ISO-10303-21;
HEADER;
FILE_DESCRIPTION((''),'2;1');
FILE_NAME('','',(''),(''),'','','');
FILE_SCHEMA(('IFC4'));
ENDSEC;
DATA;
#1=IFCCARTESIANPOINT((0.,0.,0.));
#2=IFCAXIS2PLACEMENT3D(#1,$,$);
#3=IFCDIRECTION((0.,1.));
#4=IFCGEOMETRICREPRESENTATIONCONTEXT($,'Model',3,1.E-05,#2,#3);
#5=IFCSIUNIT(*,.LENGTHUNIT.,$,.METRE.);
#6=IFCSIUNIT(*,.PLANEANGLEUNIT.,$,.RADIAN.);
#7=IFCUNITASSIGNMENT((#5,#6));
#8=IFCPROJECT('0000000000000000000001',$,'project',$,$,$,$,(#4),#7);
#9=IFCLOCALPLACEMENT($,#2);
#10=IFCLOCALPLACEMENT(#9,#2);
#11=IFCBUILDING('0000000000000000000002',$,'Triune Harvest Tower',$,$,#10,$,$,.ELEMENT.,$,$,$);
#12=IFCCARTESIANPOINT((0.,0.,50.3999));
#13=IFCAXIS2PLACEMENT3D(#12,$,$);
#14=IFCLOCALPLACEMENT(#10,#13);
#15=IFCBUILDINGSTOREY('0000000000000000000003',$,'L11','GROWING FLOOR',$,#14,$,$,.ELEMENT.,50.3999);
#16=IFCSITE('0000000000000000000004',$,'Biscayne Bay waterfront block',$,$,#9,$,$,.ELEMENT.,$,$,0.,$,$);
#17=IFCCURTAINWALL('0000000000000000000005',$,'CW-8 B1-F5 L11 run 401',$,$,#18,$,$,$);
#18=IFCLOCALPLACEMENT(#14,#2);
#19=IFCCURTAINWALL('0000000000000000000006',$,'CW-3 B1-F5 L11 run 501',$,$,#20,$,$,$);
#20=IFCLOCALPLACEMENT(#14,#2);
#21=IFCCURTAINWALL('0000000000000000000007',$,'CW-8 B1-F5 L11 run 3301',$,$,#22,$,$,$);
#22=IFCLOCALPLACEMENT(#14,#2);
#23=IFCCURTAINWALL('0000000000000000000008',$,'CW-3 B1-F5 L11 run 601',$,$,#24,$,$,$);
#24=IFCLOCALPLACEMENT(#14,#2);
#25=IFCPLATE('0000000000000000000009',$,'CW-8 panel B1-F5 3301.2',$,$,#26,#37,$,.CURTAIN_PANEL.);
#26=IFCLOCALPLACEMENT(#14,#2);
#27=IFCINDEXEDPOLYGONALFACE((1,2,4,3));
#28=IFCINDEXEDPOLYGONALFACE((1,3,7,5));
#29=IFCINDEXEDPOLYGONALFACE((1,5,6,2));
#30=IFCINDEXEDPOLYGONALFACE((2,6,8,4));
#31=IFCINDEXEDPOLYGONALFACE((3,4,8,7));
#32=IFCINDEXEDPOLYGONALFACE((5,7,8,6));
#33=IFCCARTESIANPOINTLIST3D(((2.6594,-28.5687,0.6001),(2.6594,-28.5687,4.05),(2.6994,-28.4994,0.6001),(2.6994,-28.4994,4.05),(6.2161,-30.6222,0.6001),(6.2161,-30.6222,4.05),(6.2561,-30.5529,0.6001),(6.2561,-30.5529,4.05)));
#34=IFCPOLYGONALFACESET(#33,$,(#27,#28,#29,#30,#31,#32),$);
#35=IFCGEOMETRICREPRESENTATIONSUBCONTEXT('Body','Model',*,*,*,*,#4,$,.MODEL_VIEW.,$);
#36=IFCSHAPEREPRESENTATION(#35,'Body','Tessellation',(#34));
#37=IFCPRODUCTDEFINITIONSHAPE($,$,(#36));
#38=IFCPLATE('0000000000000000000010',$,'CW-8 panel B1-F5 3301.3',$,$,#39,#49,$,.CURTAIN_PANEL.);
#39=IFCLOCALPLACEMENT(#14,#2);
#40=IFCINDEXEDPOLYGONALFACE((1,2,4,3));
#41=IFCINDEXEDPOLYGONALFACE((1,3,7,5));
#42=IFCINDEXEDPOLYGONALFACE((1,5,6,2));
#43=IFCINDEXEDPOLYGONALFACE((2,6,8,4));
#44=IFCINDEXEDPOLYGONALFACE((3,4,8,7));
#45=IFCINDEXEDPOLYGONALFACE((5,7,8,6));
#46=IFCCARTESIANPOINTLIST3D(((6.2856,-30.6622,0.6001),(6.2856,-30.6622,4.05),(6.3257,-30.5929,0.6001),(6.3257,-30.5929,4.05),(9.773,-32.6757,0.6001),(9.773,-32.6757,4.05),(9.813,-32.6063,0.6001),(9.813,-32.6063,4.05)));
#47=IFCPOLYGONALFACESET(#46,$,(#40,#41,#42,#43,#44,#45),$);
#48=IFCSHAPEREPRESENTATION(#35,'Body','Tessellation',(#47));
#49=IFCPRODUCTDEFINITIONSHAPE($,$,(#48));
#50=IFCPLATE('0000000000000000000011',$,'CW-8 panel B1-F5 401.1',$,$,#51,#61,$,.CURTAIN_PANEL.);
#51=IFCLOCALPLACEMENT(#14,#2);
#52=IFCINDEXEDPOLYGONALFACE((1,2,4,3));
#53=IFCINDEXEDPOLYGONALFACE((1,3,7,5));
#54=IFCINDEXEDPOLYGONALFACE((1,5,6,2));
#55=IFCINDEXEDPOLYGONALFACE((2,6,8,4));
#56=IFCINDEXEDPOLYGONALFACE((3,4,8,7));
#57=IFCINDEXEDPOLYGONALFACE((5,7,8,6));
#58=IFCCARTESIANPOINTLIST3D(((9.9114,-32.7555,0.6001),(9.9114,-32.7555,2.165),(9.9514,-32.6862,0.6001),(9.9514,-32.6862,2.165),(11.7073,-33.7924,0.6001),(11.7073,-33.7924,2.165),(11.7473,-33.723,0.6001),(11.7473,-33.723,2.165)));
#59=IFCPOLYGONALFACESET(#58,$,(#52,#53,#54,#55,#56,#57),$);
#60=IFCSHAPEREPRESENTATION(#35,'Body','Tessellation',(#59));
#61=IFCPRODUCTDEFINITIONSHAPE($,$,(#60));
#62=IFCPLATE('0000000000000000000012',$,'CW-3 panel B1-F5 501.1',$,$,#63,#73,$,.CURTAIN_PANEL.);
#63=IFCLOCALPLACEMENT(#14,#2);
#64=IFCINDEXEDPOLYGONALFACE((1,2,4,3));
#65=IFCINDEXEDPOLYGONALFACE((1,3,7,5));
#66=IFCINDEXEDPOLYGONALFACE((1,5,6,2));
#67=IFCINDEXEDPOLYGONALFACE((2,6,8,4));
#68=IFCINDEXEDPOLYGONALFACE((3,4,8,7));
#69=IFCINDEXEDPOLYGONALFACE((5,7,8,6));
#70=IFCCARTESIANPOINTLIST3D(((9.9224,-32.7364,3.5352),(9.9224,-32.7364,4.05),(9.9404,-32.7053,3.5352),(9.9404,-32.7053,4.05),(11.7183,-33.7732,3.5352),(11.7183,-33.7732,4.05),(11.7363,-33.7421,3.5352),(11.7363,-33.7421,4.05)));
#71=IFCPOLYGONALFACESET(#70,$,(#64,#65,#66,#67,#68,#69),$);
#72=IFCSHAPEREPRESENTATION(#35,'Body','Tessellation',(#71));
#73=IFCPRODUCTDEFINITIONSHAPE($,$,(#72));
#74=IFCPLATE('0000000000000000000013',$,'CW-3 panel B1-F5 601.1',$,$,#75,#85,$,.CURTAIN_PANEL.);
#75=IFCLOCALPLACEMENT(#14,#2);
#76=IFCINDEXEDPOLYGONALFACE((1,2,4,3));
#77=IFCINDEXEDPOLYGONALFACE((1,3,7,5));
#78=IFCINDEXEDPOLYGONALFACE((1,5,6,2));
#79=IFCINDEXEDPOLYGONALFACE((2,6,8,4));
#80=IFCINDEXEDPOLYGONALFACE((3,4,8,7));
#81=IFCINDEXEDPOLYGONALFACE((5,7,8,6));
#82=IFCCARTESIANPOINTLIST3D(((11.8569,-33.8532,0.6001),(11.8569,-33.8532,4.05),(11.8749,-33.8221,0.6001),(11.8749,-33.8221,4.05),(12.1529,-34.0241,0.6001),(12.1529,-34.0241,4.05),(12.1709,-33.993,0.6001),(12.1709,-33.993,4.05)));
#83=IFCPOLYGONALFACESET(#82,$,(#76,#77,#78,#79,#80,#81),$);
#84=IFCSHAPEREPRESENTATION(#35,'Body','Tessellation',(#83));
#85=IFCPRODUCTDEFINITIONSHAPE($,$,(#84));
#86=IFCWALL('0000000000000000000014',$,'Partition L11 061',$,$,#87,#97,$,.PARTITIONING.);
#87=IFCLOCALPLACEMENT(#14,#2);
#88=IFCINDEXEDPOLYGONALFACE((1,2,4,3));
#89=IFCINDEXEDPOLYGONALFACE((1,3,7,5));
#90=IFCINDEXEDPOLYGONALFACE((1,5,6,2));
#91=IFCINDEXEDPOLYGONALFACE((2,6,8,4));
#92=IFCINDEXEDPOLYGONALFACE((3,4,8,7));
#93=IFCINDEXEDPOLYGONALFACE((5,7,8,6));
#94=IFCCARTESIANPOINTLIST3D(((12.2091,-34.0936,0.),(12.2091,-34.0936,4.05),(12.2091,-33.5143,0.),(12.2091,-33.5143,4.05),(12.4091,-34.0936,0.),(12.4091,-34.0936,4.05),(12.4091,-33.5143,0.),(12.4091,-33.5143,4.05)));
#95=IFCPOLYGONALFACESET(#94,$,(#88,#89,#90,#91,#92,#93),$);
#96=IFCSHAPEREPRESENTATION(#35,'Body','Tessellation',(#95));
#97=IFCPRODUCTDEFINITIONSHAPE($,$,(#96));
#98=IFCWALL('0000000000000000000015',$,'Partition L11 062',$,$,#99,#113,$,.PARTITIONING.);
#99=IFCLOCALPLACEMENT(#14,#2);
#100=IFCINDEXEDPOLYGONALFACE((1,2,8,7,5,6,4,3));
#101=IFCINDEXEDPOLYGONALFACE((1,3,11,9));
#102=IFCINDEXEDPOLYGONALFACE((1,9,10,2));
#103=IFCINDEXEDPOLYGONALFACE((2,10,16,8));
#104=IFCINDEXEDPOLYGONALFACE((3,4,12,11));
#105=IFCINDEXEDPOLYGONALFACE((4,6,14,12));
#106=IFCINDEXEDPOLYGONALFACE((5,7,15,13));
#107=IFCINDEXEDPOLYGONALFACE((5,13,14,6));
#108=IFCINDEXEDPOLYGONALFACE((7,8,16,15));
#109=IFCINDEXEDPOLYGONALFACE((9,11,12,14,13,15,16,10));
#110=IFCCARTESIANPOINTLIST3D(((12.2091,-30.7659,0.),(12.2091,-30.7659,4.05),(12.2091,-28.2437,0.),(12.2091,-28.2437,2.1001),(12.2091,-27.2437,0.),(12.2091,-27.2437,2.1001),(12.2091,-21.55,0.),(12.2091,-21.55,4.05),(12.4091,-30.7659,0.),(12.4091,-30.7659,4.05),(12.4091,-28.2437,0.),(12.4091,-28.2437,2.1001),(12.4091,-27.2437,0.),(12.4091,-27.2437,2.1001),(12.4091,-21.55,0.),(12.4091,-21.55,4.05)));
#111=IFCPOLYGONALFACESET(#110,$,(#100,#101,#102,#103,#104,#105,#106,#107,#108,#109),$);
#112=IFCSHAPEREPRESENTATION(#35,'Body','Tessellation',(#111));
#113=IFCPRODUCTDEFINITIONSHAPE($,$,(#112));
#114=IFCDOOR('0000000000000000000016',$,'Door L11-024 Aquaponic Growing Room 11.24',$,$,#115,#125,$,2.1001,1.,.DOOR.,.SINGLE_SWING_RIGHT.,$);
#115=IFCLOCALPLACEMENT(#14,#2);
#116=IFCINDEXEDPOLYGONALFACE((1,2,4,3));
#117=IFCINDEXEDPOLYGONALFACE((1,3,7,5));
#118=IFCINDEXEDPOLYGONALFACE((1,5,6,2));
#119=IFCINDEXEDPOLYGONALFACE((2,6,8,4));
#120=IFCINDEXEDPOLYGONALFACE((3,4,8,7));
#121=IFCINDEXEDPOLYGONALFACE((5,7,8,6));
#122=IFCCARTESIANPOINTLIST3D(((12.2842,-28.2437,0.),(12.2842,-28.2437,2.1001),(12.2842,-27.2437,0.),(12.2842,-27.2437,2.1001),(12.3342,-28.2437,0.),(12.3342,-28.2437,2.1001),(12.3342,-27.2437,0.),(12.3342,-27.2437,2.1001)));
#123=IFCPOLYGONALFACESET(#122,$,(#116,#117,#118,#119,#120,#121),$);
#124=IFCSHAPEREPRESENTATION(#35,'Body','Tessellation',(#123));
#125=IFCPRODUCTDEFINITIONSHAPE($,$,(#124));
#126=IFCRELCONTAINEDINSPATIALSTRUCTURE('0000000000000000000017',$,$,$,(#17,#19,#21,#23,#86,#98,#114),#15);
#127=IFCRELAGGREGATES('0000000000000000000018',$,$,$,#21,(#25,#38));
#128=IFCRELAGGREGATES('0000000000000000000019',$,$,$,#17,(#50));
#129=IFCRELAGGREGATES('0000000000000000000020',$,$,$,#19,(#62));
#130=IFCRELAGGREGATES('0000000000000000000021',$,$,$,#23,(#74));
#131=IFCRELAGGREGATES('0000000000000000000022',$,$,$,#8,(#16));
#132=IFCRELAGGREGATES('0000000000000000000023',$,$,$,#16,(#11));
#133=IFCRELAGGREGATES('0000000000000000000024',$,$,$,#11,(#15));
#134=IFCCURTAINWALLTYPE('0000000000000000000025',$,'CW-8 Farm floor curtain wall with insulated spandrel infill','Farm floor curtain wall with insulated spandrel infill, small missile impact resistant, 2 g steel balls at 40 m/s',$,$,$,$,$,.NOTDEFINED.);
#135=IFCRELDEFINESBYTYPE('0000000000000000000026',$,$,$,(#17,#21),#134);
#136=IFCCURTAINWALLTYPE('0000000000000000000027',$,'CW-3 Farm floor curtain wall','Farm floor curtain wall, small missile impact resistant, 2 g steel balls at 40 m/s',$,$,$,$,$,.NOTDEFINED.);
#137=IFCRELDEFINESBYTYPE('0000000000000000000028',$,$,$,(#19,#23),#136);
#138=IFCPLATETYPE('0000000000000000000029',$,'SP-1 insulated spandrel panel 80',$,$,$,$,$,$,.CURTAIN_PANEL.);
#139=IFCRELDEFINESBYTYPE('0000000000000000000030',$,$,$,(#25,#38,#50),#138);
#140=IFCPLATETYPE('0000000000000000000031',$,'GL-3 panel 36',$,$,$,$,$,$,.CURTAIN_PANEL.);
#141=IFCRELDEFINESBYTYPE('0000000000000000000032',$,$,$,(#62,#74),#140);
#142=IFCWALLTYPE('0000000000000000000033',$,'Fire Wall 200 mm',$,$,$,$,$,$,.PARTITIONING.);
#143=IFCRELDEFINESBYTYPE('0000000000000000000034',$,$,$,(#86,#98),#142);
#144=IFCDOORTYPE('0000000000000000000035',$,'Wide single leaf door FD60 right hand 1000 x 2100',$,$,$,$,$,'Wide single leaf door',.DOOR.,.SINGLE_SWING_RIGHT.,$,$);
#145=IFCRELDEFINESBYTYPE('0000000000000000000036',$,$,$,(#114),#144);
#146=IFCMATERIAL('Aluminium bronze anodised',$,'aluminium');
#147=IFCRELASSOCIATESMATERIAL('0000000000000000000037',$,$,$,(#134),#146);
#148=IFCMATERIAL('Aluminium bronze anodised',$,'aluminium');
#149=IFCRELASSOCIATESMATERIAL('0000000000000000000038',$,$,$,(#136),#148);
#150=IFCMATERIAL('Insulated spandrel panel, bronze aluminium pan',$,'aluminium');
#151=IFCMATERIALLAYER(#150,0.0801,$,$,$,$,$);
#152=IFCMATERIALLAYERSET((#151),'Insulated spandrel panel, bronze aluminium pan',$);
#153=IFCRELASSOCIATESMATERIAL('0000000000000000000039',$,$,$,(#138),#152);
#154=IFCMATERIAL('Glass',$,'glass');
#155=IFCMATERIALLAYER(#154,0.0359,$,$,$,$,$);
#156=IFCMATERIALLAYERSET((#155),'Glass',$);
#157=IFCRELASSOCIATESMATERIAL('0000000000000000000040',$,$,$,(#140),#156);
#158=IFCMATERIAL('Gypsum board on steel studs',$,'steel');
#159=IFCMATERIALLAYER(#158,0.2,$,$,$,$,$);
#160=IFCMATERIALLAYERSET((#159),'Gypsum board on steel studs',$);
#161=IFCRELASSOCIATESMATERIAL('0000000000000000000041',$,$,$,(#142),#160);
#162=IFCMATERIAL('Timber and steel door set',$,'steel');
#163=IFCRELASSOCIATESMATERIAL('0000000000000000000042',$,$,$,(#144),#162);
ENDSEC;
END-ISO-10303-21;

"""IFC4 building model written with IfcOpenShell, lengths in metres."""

from ifc_helpers import new_model, si_unit, direction, frame, frame_2d, origin, origin_2d, place, context, subcontext, project, spatial, rectangle, extrude, source, transform, mapped, material, layer, layer_set, type_object, element, fill, aggregate, save


model = new_model("IFC4")

# Units and contexts
model_context = context("Model", 3, precision=1e-05, world=origin(), true_north=direction((0.0, 1.0)))
body_context = subcontext(model_context, "Body", "Model", "MODEL_VIEW")
ifc_project = project(units=[si_unit("LENGTHUNIT", "METRE"), si_unit("PLANEANGLEUNIT", "RADIAN")], contexts=[model_context])

# Site, building, storey
site_placement = place(None, origin())
site = spatial("IfcSite", under=ifc_project, at=site_placement, Name="Biscayne Bay waterfront block", CompositionType="ELEMENT", RefElevation=0.0)
building_placement = place(site_placement, origin())
building = spatial("IfcBuilding", under=site, at=building_placement, Name="Triune Harvest Tower", CompositionType="ELEMENT")
storey_placement = place(building_placement, frame((0.0, 0.0, 50.3999)))
storey = spatial("IfcBuildingStorey", under=building, at=storey_placement, Name="L11", Description="GROWING FLOOR", CompositionType="ELEMENT", Elevation=50.3999)

# Curtain walls
ifc_material_1 = material(Name="Aluminium bronze anodised", Category="aluminium")
curtain_wall_type_1 = type_object("IfcCurtainWallType", Name="CW-8 Farm floor curtain wall with insulated spandrel infill", Description="Farm floor curtain wall with insulated spandrel infill, small missile impact resistant, 2 g steel balls at 40 m/s", PredefinedType="NOTDEFINED", material=ifc_material_1)
curtain_wall_1_placement = place(storey_placement, origin())
curtain_wall_1 = element("IfcCurtainWall", 1, at=curtain_wall_1_placement, inside=storey, type_object=curtain_wall_type_1, Name="CW-8 B1-F5 L11 run 401")
ifc_material_2 = material(Name="Aluminium bronze anodised", Category="aluminium")
curtain_wall_type_2 = type_object("IfcCurtainWallType", Name="CW-3 Farm floor curtain wall", Description="Farm floor curtain wall, small missile impact resistant, 2 g steel balls at 40 m/s", PredefinedType="NOTDEFINED", material=ifc_material_2)
curtain_wall_2_placement = place(storey_placement, origin())
curtain_wall_2 = element("IfcCurtainWall", 2, at=curtain_wall_2_placement, inside=storey, type_object=curtain_wall_type_2, Name="CW-3 B1-F5 L11 run 501")
curtain_wall_3_placement = place(storey_placement, origin())
curtain_wall_3 = element("IfcCurtainWall", 3, at=curtain_wall_3_placement, inside=storey, type_object=curtain_wall_type_1, Name="CW-8 B1-F5 L11 run 3301")
curtain_wall_4_placement = place(storey_placement, origin())
curtain_wall_4 = element("IfcCurtainWall", 4, at=curtain_wall_4_placement, inside=storey, type_object=curtain_wall_type_2, Name="CW-3 B1-F5 L11 run 601")

# Plates
ifc_material_3 = material(Name="Insulated spandrel panel, bronze aluminium pan", Category="aluminium")
ifc_layer_1 = layer(ifc_material_3, 0.0801)
ifc_layer_set_1 = layer_set([ifc_layer_1], Name="Insulated spandrel panel, bronze aluminium pan")
plate_type_1 = type_object("IfcPlateType", Name="SP-1 insulated spandrel panel 80", PredefinedType="CURTAIN_PANEL", material=ifc_layer_set_1)
shared_shape_1 = source(origin(), body_context, "Body", "SweptSolid", [
    extrude(rectangle(XDim=4.1069, YDim=0.0801, at=origin_2d()), origin(), (0.0, 0.0, 1.0), 3.45),
])
plate_1_placement = place(storey_placement, frame((4.4578, -29.5608, 0.6001), z_axis=(0.0, 0.0, 1.0), x_axis=(0.866024, -0.500002, 0.0)))
plate_1 = element("IfcPlate", 5, at=plate_1_placement, type_object=plate_type_1, Name="CW-8 panel B1-F5 3301.2", PredefinedType="CURTAIN_PANEL", context=body_context, shape_type="MappedRepresentation", body=[
    mapped(shared_shape_1, transform((0.0, 0.0, 0.0), scale=1.0)),
])
shared_shape_2 = source(origin(), body_context, "Body", "SweptSolid", [
    extrude(rectangle(XDim=4.0269, YDim=0.0801, at=origin_2d()), origin(), (0.0, 0.0, 1.0), 3.45),
])
plate_2_placement = place(storey_placement, frame((8.0493, -31.6343, 0.6001), z_axis=(0.0, 0.0, 1.0), x_axis=(0.866024, -0.500002, 0.0)))
plate_2 = element("IfcPlate", 6, at=plate_2_placement, type_object=plate_type_1, Name="CW-8 panel B1-F5 3301.3", PredefinedType="CURTAIN_PANEL", context=body_context, shape_type="MappedRepresentation", body=[
    mapped(shared_shape_2, transform((0.0, 0.0, 0.0), scale=1.0)),
])
aggregate(curtain_wall_3, [plate_1, plate_2])
shared_shape_3 = source(origin(), body_context, "Body", "SweptSolid", [
    extrude(rectangle(XDim=2.0737, YDim=0.0801, at=origin_2d()), origin(), (0.0, 0.0, 1.0), 1.5649),
])
plate_3_placement = place(storey_placement, frame((10.8293, -33.2393, 0.6001), z_axis=(0.0, 0.0, 1.0), x_axis=(0.866031, -0.499991, 0.0)))
plate_3 = element("IfcPlate", 7, at=plate_3_placement, type_object=plate_type_1, Name="CW-8 panel B1-F5 401.1", PredefinedType="CURTAIN_PANEL", context=body_context, shape_type="MappedRepresentation", body=[
    mapped(shared_shape_3, transform((0.0, 0.0, 0.0), scale=1.0)),
])
aggregate(curtain_wall_1, [plate_3])
ifc_material_4 = material(Name="Glass", Category="glass")
ifc_layer_2 = layer(ifc_material_4, 0.0359)
ifc_layer_set_2 = layer_set([ifc_layer_2], Name="Glass")
plate_type_2 = type_object("IfcPlateType", Name="GL-3 panel 36", PredefinedType="CURTAIN_PANEL", material=ifc_layer_set_2)
shared_shape_4 = source(origin(), body_context, "Body", "SweptSolid", [
    extrude(rectangle(XDim=2.0737, YDim=0.0359, at=origin_2d()), origin(), (0.0, 0.0, 1.0), 0.5149),
])
plate_4_placement = place(storey_placement, frame((10.8293, -33.2393, 3.5352), z_axis=(0.0, 0.0, 1.0), x_axis=(0.866031, -0.499991, 0.0)))
plate_4 = element("IfcPlate", 8, at=plate_4_placement, type_object=plate_type_2, Name="CW-3 panel B1-F5 501.1", PredefinedType="CURTAIN_PANEL", context=body_context, shape_type="MappedRepresentation", body=[
    mapped(shared_shape_4, transform((0.0, 0.0, 0.0), scale=1.0)),
])
aggregate(curtain_wall_2, [plate_4])
shared_shape_5 = source(origin(), body_context, "Body", "SweptSolid", [
    extrude(rectangle(XDim=0.3418, YDim=0.0359, at=origin_2d()), origin(), (0.0, 0.0, 1.0), 3.45),
])
plate_5_placement = place(storey_placement, frame((12.0139, -33.9231, 0.6001), z_axis=(0.0, 0.0, 1.0), x_axis=(0.86604, -0.499975, 0.0)))
plate_5 = element("IfcPlate", 9, at=plate_5_placement, type_object=plate_type_2, Name="CW-3 panel B1-F5 601.1", PredefinedType="CURTAIN_PANEL", context=body_context, shape_type="MappedRepresentation", body=[
    mapped(shared_shape_5, transform((0.0, 0.0, 0.0), scale=1.0)),
])
aggregate(curtain_wall_4, [plate_5])

# Wall
ifc_material_5 = material(Name="Gypsum board on steel studs", Category="steel")
ifc_layer_3 = layer(ifc_material_5, 0.2)
ifc_layer_set_3 = layer_set([ifc_layer_3], Name="Gypsum board on steel studs")
wall_type = type_object("IfcWallType", Name="Fire Wall 200 mm", PredefinedType="PARTITIONING", material=ifc_layer_set_3)
wall_1_placement = place(storey_placement, frame((12.3091, -34.0935, 0.0), z_axis=(0.0, 0.0, 1.0), x_axis=(0.0, 1.0, 0.0)))
element("IfcWall", 10, at=wall_1_placement, inside=storey, type_object=wall_type, Name="Partition L11 061", PredefinedType="PARTITIONING", context=body_context, shape_type="SweptSolid", body=[
    extrude(rectangle(XDim=0.5793, YDim=0.2, at=frame_2d((0.2896, 0.0))), origin(), (0.0, 0.0, 1.0), 4.05),
])

# Wall, opening, door
wall_2_placement = place(storey_placement, frame((12.3091, -30.7659, 0.0), z_axis=(0.0, 0.0, 1.0), x_axis=(0.0, 1.0, 0.0)))
wall_2 = element("IfcWall", 11, at=wall_2_placement, inside=storey, type_object=wall_type, Name="Partition L11 062", PredefinedType="PARTITIONING", context=body_context, shape_type="SweptSolid", body=[
    extrude(rectangle(XDim=9.2158, YDim=0.2, at=frame_2d((4.6079, 0.0))), origin(), (0.0, 0.0, 1.0), 4.05),
])
opening_placement = place(wall_2_placement, frame((2.5222, 0.0, 0.0)))
opening = element("IfcOpeningElement", 12, at=opening_placement, cuts=wall_2, PredefinedType="OPENING", context=body_context, shape_type="SweptSolid", body=[
    extrude(rectangle(XDim=1.0, YDim=2.1001, at=frame_2d((0.5, 1.05))), frame((0.0, 0.1099, 0.0), z_axis=(0.0, -1.0, 0.0), x_axis=(1.0, 0.0, 0.0)), (0.0, 0.0, 1.0), 0.22),
])
ifc_material_6 = material(Name="Timber and steel door set", Category="steel")
door_type = type_object("IfcDoorType", Name="Wide single leaf door FD60 right hand 1000 x 2100", ElementType="Wide single leaf door", OperationType="SINGLE_SWING_RIGHT", PredefinedType="DOOR", material=ifc_material_6)
door_placement = place(opening_placement, origin())
door = element("IfcDoor", 13, at=door_placement, inside=storey, type_object=door_type, Name="Door L11-024 Aquaponic Growing Room 11.24", OperationType="SINGLE_SWING_RIGHT", OverallHeight=2.1001, OverallWidth=1.0, PredefinedType="DOOR", context=body_context, shape_type="SweptSolid", body=[
    extrude(rectangle(XDim=1.0, YDim=2.1001, at=frame_2d((0.5, 1.05))), frame((0.0, 0.0249, 0.0), z_axis=(0.0, -1.0, 0.0), x_axis=(1.0, 0.0, 0.0)), (0.0, 0.0, 1.0), 0.05),
])
fill(opening, door)

save(model, "model.ifc")
